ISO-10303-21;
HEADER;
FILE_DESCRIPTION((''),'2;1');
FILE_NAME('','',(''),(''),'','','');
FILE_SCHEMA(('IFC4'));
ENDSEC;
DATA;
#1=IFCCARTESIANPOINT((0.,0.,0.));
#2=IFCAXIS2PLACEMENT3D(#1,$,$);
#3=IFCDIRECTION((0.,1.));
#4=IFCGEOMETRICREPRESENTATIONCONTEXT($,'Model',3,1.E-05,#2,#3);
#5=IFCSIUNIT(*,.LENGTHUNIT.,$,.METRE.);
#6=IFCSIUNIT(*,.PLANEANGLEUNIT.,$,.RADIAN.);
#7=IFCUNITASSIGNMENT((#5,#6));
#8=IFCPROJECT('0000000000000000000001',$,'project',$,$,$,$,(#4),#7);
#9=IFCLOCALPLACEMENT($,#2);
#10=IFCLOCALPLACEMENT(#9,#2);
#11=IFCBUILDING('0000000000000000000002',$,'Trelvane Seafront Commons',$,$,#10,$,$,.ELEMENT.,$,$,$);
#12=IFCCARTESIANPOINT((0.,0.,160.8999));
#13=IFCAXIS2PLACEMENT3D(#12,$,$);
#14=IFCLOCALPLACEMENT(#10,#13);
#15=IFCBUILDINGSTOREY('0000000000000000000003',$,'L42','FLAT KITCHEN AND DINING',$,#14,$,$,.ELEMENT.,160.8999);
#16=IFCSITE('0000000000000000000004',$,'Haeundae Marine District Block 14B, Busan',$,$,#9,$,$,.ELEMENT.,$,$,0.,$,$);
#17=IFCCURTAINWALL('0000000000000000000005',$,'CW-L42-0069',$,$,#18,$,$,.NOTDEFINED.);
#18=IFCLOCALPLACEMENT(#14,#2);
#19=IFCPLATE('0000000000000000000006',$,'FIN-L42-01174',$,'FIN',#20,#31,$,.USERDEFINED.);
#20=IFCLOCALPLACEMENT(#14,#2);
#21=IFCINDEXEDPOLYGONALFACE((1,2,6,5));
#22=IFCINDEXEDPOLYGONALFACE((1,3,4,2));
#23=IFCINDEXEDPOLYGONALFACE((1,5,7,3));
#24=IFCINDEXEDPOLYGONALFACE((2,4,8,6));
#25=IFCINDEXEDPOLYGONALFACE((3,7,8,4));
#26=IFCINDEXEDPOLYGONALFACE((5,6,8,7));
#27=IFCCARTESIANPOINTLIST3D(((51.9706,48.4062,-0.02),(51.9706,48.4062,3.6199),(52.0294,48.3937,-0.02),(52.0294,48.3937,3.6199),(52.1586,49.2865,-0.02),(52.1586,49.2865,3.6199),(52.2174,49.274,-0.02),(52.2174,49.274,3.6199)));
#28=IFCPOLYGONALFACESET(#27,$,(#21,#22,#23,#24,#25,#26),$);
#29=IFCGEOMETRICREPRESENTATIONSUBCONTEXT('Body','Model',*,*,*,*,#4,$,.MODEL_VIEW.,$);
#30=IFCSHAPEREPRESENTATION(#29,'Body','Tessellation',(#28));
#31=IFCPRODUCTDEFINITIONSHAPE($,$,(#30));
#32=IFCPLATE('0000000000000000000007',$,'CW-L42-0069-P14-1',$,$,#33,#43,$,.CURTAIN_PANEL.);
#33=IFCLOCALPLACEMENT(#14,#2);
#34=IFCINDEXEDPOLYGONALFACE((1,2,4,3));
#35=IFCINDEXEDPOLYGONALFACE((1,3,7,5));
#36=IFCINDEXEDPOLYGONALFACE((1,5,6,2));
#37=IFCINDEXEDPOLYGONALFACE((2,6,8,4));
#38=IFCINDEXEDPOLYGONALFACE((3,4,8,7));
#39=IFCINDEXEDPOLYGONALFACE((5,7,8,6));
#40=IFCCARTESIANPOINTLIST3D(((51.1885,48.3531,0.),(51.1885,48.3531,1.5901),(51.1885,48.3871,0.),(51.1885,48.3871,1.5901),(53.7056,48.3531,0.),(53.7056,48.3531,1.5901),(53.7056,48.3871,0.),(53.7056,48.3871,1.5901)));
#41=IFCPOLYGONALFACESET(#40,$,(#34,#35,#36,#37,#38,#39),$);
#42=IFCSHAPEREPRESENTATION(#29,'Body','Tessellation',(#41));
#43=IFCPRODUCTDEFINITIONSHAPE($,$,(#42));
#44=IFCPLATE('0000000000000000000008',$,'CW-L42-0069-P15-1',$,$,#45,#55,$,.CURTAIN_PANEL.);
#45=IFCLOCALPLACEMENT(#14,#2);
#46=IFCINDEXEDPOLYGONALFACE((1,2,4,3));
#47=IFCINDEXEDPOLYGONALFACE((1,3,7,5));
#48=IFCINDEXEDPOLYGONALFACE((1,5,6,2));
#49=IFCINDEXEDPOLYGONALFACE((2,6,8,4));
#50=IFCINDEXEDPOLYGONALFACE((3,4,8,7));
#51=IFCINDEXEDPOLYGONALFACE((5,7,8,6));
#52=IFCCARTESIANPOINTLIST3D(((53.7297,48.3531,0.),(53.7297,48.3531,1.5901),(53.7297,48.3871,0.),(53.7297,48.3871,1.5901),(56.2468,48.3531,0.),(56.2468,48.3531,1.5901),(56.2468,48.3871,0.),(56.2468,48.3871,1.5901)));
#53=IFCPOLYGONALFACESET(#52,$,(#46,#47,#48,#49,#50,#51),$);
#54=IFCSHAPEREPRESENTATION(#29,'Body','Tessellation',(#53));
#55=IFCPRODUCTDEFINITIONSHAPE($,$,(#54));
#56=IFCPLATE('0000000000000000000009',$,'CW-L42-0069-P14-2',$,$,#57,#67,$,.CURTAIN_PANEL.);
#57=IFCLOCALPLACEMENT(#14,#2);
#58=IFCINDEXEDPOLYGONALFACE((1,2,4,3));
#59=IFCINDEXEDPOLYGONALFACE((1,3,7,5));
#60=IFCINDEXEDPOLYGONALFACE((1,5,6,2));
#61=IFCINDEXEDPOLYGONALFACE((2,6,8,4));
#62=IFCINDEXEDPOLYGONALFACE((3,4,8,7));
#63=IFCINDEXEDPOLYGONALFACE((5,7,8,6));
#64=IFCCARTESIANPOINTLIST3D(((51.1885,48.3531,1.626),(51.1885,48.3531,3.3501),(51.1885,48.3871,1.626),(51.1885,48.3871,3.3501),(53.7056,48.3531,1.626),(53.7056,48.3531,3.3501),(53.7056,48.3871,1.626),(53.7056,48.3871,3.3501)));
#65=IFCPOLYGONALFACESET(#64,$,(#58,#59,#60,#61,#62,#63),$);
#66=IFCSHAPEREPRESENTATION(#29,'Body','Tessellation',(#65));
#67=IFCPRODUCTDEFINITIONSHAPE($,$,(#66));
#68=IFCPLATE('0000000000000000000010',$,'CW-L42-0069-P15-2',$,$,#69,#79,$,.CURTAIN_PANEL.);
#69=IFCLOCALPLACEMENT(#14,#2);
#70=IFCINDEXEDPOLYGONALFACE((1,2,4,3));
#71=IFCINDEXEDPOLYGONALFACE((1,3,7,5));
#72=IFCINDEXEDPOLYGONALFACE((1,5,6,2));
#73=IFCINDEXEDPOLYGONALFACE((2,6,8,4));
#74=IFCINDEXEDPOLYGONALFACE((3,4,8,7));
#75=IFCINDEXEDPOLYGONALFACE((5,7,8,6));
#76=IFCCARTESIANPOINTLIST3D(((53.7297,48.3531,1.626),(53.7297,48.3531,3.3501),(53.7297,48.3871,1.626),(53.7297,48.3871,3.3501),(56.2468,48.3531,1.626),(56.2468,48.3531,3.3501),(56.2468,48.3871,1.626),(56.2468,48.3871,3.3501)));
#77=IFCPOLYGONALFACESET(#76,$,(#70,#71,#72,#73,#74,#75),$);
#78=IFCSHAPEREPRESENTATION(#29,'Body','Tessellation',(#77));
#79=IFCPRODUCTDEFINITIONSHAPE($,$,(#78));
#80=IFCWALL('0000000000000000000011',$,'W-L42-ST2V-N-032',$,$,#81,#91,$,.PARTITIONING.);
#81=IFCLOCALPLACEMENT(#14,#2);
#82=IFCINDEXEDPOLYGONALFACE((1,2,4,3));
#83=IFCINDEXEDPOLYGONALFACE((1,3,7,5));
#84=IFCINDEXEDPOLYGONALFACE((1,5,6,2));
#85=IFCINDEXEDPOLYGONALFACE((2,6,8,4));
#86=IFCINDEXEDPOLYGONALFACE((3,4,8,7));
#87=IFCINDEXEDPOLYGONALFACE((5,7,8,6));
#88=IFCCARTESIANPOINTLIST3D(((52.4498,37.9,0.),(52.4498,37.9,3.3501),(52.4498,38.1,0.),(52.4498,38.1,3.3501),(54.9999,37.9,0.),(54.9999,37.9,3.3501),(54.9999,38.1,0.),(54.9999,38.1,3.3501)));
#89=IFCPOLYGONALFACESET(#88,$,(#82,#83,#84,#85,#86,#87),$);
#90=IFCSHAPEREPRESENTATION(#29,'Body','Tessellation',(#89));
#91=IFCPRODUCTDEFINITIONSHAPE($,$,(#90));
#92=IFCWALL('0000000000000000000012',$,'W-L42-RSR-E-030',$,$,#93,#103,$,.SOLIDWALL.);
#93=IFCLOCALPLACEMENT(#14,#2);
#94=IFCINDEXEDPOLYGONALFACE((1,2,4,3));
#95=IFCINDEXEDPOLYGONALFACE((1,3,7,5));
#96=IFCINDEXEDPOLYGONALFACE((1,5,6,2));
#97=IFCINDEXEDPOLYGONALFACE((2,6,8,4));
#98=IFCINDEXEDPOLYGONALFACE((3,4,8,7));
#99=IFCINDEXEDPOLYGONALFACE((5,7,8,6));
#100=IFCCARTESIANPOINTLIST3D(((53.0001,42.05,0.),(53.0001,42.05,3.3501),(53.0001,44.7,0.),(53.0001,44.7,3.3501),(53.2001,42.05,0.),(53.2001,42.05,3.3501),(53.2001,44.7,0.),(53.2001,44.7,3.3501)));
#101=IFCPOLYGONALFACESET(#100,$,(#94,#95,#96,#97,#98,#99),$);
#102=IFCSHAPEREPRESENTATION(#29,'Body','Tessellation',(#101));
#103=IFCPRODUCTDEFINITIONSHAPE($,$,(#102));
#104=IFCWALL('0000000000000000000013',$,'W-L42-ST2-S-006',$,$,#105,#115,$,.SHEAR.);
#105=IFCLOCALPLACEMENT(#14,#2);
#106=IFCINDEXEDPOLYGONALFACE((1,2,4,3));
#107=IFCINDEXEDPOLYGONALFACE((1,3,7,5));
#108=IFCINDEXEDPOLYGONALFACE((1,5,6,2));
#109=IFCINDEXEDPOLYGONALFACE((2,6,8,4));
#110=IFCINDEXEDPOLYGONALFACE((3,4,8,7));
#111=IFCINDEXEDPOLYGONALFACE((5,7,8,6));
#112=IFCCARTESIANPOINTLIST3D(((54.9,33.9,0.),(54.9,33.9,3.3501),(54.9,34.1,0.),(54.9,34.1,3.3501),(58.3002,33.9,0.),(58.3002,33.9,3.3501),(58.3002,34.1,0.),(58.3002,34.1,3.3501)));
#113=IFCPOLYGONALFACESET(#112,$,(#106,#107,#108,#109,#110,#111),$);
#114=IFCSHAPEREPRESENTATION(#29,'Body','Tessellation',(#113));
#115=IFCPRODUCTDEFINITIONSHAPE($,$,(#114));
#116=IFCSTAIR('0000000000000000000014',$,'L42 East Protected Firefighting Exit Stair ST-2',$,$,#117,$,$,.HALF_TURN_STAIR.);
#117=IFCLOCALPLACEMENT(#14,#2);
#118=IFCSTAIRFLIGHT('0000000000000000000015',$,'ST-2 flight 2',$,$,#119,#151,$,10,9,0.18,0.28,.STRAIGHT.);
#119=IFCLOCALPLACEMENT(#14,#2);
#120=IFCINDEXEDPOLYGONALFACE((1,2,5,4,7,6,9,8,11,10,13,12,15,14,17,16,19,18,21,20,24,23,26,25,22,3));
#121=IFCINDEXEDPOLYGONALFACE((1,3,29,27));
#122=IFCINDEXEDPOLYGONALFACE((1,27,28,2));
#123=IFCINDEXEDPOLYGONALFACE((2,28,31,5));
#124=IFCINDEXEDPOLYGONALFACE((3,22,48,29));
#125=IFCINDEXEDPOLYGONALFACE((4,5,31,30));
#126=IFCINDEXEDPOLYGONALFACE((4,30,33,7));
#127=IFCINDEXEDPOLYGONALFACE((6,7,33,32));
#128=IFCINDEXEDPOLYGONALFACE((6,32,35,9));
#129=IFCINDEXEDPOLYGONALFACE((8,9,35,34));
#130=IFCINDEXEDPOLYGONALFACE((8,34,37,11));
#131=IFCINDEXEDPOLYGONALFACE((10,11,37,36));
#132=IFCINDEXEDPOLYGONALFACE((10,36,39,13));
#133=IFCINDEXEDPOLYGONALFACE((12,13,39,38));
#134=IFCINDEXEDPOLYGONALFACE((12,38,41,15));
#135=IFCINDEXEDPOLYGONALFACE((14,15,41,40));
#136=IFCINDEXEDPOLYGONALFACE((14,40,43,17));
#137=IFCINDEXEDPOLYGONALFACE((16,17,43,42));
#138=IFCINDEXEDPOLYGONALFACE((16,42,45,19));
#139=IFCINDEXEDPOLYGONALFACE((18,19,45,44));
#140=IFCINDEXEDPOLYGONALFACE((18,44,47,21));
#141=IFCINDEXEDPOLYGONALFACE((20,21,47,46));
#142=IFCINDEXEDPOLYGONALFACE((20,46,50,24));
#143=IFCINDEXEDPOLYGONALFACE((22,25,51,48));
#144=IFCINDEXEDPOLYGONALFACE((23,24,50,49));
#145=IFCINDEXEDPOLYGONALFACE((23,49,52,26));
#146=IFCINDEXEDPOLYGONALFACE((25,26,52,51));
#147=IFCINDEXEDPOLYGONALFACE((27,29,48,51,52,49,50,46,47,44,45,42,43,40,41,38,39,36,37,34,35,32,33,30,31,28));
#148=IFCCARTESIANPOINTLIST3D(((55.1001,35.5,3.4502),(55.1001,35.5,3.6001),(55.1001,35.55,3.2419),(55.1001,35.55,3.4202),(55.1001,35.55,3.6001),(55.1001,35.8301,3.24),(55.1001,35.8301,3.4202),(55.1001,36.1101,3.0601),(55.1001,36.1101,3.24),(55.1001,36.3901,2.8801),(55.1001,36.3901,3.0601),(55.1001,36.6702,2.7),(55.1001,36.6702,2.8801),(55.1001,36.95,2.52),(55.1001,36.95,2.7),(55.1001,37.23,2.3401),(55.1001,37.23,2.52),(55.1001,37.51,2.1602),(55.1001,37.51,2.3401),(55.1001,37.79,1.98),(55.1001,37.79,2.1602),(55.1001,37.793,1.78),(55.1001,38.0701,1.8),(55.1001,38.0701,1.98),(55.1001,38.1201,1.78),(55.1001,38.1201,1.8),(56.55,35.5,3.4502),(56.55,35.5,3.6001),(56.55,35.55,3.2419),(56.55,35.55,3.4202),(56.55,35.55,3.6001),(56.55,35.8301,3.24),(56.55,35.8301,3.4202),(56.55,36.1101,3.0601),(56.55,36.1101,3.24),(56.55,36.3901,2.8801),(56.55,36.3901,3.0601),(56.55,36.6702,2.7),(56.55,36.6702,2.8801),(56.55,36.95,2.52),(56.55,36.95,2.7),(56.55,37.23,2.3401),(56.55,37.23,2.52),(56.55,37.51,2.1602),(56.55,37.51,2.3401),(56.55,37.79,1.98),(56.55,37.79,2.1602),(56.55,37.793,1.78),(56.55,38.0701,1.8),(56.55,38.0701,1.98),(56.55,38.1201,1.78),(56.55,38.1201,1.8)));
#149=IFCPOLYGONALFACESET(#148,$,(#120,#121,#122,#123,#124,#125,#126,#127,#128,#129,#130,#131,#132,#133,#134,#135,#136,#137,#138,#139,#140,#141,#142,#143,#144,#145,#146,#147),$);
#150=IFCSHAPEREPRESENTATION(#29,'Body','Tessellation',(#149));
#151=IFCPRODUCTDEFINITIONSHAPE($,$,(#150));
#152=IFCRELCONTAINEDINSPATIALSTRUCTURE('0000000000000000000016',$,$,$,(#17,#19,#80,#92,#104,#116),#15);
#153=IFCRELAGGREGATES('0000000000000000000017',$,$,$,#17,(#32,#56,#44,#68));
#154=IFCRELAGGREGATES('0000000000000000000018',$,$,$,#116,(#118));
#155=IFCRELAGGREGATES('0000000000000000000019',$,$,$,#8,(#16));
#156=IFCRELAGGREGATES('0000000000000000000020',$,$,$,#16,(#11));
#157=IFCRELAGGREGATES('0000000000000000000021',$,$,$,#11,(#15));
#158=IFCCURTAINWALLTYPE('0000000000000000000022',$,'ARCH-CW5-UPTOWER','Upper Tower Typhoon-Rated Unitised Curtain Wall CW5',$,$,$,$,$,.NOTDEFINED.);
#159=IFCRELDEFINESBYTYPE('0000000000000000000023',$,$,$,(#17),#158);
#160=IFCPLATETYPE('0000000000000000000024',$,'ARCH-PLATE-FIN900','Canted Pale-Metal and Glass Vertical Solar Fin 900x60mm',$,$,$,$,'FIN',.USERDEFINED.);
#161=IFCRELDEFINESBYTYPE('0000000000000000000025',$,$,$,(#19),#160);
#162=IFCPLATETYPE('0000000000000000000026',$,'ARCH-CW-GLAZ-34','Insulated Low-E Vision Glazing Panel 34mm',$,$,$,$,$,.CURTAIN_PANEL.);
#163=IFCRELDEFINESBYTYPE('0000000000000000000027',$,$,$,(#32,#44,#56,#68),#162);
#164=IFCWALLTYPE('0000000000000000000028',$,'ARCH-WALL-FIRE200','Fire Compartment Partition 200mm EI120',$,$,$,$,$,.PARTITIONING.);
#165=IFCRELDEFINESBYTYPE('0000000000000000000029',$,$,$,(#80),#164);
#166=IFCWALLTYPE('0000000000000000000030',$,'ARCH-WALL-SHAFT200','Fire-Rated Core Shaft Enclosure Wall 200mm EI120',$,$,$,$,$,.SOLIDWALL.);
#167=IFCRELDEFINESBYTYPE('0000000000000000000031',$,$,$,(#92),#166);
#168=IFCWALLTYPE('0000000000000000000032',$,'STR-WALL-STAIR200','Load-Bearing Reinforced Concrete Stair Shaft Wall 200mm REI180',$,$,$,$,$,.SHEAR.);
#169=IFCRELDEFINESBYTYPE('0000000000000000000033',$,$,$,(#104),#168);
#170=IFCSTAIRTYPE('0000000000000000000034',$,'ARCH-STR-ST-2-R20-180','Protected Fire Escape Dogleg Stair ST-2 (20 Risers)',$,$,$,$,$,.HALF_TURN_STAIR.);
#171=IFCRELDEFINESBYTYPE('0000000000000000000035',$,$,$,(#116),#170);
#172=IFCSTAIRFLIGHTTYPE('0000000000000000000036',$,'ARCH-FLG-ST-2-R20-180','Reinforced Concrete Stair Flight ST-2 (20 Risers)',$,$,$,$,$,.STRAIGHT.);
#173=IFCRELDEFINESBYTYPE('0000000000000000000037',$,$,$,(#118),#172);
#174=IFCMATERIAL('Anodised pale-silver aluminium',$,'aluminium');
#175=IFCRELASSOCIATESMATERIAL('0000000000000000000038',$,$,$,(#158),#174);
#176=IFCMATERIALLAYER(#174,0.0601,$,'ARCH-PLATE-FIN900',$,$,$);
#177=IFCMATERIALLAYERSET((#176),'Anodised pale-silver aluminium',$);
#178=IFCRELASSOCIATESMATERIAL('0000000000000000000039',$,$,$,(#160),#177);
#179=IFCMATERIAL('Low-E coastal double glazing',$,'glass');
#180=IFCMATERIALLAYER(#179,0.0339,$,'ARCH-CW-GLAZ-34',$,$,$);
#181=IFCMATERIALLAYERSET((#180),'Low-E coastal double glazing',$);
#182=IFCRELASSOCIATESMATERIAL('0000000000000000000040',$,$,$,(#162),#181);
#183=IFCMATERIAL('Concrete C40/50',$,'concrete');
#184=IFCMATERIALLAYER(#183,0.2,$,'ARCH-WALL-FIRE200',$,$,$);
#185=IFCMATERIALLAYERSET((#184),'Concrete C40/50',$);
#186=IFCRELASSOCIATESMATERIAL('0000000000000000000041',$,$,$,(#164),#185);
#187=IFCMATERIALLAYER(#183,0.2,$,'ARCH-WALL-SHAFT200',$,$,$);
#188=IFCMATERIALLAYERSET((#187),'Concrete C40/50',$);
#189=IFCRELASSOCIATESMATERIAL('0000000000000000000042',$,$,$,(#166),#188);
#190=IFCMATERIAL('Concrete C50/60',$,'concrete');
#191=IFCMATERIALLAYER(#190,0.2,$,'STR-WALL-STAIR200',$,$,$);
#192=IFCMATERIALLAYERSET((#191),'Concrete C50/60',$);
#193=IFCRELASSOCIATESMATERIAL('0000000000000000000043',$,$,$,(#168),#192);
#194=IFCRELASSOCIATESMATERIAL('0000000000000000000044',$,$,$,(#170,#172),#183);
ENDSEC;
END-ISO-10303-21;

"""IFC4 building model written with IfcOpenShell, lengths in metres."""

from ifc_helpers import new_model, si_unit, direction, frame, frame_2d, origin, origin_2d, place, context, subcontext, project, spatial, polyline, rectangle, outline, extrude, source, transform, mapped, material, layer, layer_set, type_object, element, aggregate, save


model = new_model("IFC4")

# Units and contexts
model_context = context("Model", 3, precision=1e-05, world=origin(), true_north=direction((0.0, 1.0)))
body_context = subcontext(model_context, "Body", "Model", "MODEL_VIEW")
ifc_project = project(units=[si_unit("LENGTHUNIT", "METRE"), si_unit("PLANEANGLEUNIT", "RADIAN")], contexts=[model_context])

# Site, building, storey
site_placement = place(None, origin())
site = spatial("IfcSite", under=ifc_project, at=site_placement, Name="Haeundae Marine District Block 14B, Busan", CompositionType="ELEMENT", RefElevation=0.0)
building_placement = place(site_placement, origin())
building = spatial("IfcBuilding", under=site, at=building_placement, Name="Trelvane Seafront Commons", CompositionType="ELEMENT")
storey_placement = place(building_placement, frame((0.0, 0.0, 160.8999)))
storey = spatial("IfcBuildingStorey", under=building, at=storey_placement, Name="L42", Description="FLAT KITCHEN AND DINING", CompositionType="ELEMENT", Elevation=160.8999)

# Curtain wall
ifc_material_1 = material(Name="Anodised pale-silver aluminium", Category="aluminium")
curtain_wall_type = type_object("IfcCurtainWallType", Name="ARCH-CW5-UPTOWER", Description="Upper Tower Typhoon-Rated Unitised Curtain Wall CW5", PredefinedType="NOTDEFINED", material=ifc_material_1)
curtain_wall_placement = place(storey_placement, origin())
curtain_wall = element("IfcCurtainWall", 1, at=curtain_wall_placement, inside=storey, type_object=curtain_wall_type, Name="CW-L42-0069", PredefinedType="NOTDEFINED")

# Plate
ifc_layer_1 = layer(ifc_material_1, 0.0601, Name="ARCH-PLATE-FIN900")
ifc_layer_set_1 = layer_set([ifc_layer_1], Name="Anodised pale-silver aluminium")
plate_type_1 = type_object("IfcPlateType", Name="ARCH-PLATE-FIN900", Description="Canted Pale-Metal and Glass Vertical Solar Fin 900x60mm", ElementType="FIN", PredefinedType="USERDEFINED", material=ifc_layer_set_1)
shared_shape_1 = source(origin(), body_context, "Body", "SweptSolid", [
    extrude(rectangle(XDim=0.9001, YDim=0.0601, at=origin_2d()), origin(), (0.0, 0.0, 1.0), 3.6399),
])
plate_1_placement = place(storey_placement, frame((52.094, 48.8401, -0.02), z_axis=(0.0, 0.0, 1.0), x_axis=(0.208876, 0.977942, 0.0)))
element("IfcPlate", 2, at=plate_1_placement, inside=storey, type_object=plate_type_1, Name="FIN-L42-01174", ObjectType="FIN", PredefinedType="USERDEFINED", context=body_context, shape_type="MappedRepresentation", body=[
    mapped(shared_shape_1, transform((0.0, 0.0, 0.0), x_axis=(1.0, 0.0, 0.0), y_axis=(0.0, 1.0, 0.0), z_axis=(0.0, 0.0, 1.0), scale=1.0)),
])

# Plates
ifc_material_2 = material(Name="Low-E coastal double glazing", Category="glass")
ifc_layer_2 = layer(ifc_material_2, 0.0339, Name="ARCH-CW-GLAZ-34")
ifc_layer_set_2 = layer_set([ifc_layer_2], Name="Low-E coastal double glazing")
plate_type_2 = type_object("IfcPlateType", Name="ARCH-CW-GLAZ-34", Description="Insulated Low-E Vision Glazing Panel 34mm", PredefinedType="CURTAIN_PANEL", material=ifc_layer_set_2)
shared_shape_2 = source(origin(), body_context, "Body", "SweptSolid", [
    extrude(rectangle(XDim=2.5171, YDim=0.0339, at=origin_2d()), origin(), (0.0, 0.0, 1.0), 1.5901),
])
plate_2_placement = place(storey_placement, frame((52.447, 48.3701, 0.0), z_axis=(0.0, 0.0, 1.0), x_axis=(1.0, 0.0, 0.0)))
plate_2 = element("IfcPlate", 3, at=plate_2_placement, type_object=plate_type_2, Name="CW-L42-0069-P14-1", PredefinedType="CURTAIN_PANEL", context=body_context, shape_type="MappedRepresentation", body=[
    mapped(shared_shape_2, transform((0.0, 0.0, 0.0), x_axis=(1.0, 0.0, 0.0), y_axis=(0.0, 1.0, 0.0), z_axis=(0.0, 0.0, 1.0), scale=1.0)),
])
plate_3_placement = place(storey_placement, frame((54.9883, 48.3701, 0.0), z_axis=(0.0, 0.0, 1.0), x_axis=(1.0, 0.0, 0.0)))
plate_3 = element("IfcPlate", 4, at=plate_3_placement, type_object=plate_type_2, Name="CW-L42-0069-P15-1", PredefinedType="CURTAIN_PANEL", context=body_context, shape_type="MappedRepresentation", body=[
    mapped(shared_shape_2, transform((0.0, 0.0, 0.0), x_axis=(1.0, 0.0, 0.0), y_axis=(0.0, 1.0, 0.0), z_axis=(0.0, 0.0, 1.0), scale=1.0)),
])
shared_shape_3 = source(origin(), body_context, "Body", "SweptSolid", [
    extrude(rectangle(XDim=2.5171, YDim=0.0339, at=origin_2d()), origin(), (0.0, 0.0, 1.0), 1.7241),
])
plate_4_placement = place(storey_placement, frame((52.447, 48.3701, 1.626), z_axis=(0.0, 0.0, 1.0), x_axis=(1.0, 0.0, 0.0)))
plate_4 = element("IfcPlate", 5, at=plate_4_placement, type_object=plate_type_2, Name="CW-L42-0069-P14-2", PredefinedType="CURTAIN_PANEL", context=body_context, shape_type="MappedRepresentation", body=[
    mapped(shared_shape_3, transform((0.0, 0.0, 0.0), x_axis=(1.0, 0.0, 0.0), y_axis=(0.0, 1.0, 0.0), z_axis=(0.0, 0.0, 1.0), scale=1.0)),
])
plate_5_placement = place(storey_placement, frame((54.9883, 48.3701, 1.626), z_axis=(0.0, 0.0, 1.0), x_axis=(1.0, 0.0, 0.0)))
plate_5 = element("IfcPlate", 6, at=plate_5_placement, type_object=plate_type_2, Name="CW-L42-0069-P15-2", PredefinedType="CURTAIN_PANEL", context=body_context, shape_type="MappedRepresentation", body=[
    mapped(shared_shape_3, transform((0.0, 0.0, 0.0), x_axis=(1.0, 0.0, 0.0), y_axis=(0.0, 1.0, 0.0), z_axis=(0.0, 0.0, 1.0), scale=1.0)),
])
aggregate(curtain_wall, [plate_2, plate_4, plate_3, plate_5])

# Walls
ifc_material_3 = material(Name="Concrete C40/50", Category="concrete")
ifc_layer_3 = layer(ifc_material_3, 0.2, Name="ARCH-WALL-FIRE200")
ifc_layer_set_3 = layer_set([ifc_layer_3], Name="Concrete C40/50")
wall_type_1 = type_object("IfcWallType", Name="ARCH-WALL-FIRE200", Description="Fire Compartment Partition 200mm EI120", PredefinedType="PARTITIONING", material=ifc_layer_set_3)
wall_1_placement = place(storey_placement, frame((52.45, 38.0, 0.0), z_axis=(0.0, 0.0, 1.0), x_axis=(1.0, 0.0, 0.0)))
element("IfcWall", 7, at=wall_1_placement, inside=storey, type_object=wall_type_1, Name="W-L42-ST2V-N-032", PredefinedType="PARTITIONING", context=body_context, shape_type="SweptSolid", body=[
    extrude(rectangle(XDim=2.55, YDim=0.2, at=frame_2d((1.2749, 0.0))), origin(), (0.0, 0.0, 1.0), 3.3501),
])
ifc_layer_4 = layer(ifc_material_3, 0.2, Name="ARCH-WALL-SHAFT200")
ifc_layer_set_4 = layer_set([ifc_layer_4], Name="Concrete C40/50")
wall_type_2 = type_object("IfcWallType", Name="ARCH-WALL-SHAFT200", Description="Fire-Rated Core Shaft Enclosure Wall 200mm EI120", PredefinedType="SOLIDWALL", material=ifc_layer_set_4)
wall_2_placement = place(storey_placement, frame((53.1001, 42.05, 0.0), z_axis=(0.0, 0.0, 1.0), x_axis=(0.0, 1.0, 0.0)))
element("IfcWall", 8, at=wall_2_placement, inside=storey, type_object=wall_type_2, Name="W-L42-RSR-E-030", PredefinedType="SOLIDWALL", context=body_context, shape_type="SweptSolid", body=[
    extrude(rectangle(XDim=2.6499, YDim=0.2, at=frame_2d((1.325, 0.0))), origin(), (0.0, 0.0, 1.0), 3.3501),
])
ifc_material_4 = material(Name="Concrete C50/60", Category="concrete")
ifc_layer_5 = layer(ifc_material_4, 0.2, Name="STR-WALL-STAIR200")
ifc_layer_set_5 = layer_set([ifc_layer_5], Name="Concrete C50/60")
wall_type_3 = type_object("IfcWallType", Name="STR-WALL-STAIR200", Description="Load-Bearing Reinforced Concrete Stair Shaft Wall 200mm REI180", PredefinedType="SHEAR", material=ifc_layer_set_5)
wall_3_placement = place(storey_placement, frame((54.8999, 34.0, 0.0), z_axis=(0.0, 0.0, 1.0), x_axis=(1.0, 0.0, 0.0)))
element("IfcWall", 9, at=wall_3_placement, inside=storey, type_object=wall_type_3, Name="W-L42-ST2-S-006", PredefinedType="SHEAR", context=body_context, shape_type="SweptSolid", body=[
    extrude(rectangle(XDim=3.4001, YDim=0.2, at=frame_2d((1.7002, 0.0))), origin(), (0.0, 0.0, 1.0), 3.3501),
])

# Stair, stair flight
stair_type = type_object("IfcStairType", Name="ARCH-STR-ST-2-R20-180", Description="Protected Fire Escape Dogleg Stair ST-2 (20 Risers)", PredefinedType="HALF_TURN_STAIR", material=ifc_material_3)
stair_placement = place(storey_placement, origin())
stair = element("IfcStair", 10, at=stair_placement, inside=storey, type_object=stair_type, Name="L42 East Protected Firefighting Exit Stair ST-2", PredefinedType="HALF_TURN_STAIR")
stair_flight_type = type_object("IfcStairFlightType", Name="ARCH-FLG-ST-2-R20-180", Description="Reinforced Concrete Stair Flight ST-2 (20 Risers)", PredefinedType="STRAIGHT", material=ifc_material_3)
shared_shape_4 = source(origin(), body_context, "Body", "SweptSolid", [
    extrude(outline(polyline([(-0.05, -0.02), (-0.05, 0.0), (0.0, 0.0), (0.0, 0.1799), (0.28, 0.1799), (0.28, 0.3601), (0.5601, 0.3601), (0.5601, 0.54), (0.8401, 0.54), (0.8401, 0.72), (1.1201, 0.72), (1.1201, 0.8999), (1.3999, 0.8999), (1.3999, 1.0801), (1.6799, 1.0801), (1.6799, 1.26), (1.96, 1.26), (1.96, 1.4399), (2.24, 1.4399), (2.24, 1.6201), (2.52, 1.6201), (2.52, 1.8), (2.5701, 1.8), (2.5701, 1.6501), (2.52, 1.4419), (0.2771, -0.02), (-0.05, -0.02)])), frame((0.0, 0.7251, 0.0), z_axis=(0.0, -1.0, 0.0), x_axis=(1.0, 0.0, 0.0)), (0.0, 0.0, 1.0), 1.45),
])
stair_flight_placement = place(storey_placement, frame((55.825, 38.0701, 1.8), z_axis=(0.0, 0.0, 1.0), x_axis=(0.0, -1.0, 0.0)))
stair_flight = element("IfcStairFlight", 11, at=stair_flight_placement, type_object=stair_flight_type, Name="ST-2 flight 2", NumberOfRisers=10, NumberOfTreads=9, PredefinedType="STRAIGHT", RiserHeight=0.18, TreadLength=0.28, context=body_context, shape_type="MappedRepresentation", body=[
    mapped(shared_shape_4, transform((0.0, 0.0, 0.0), x_axis=(1.0, 0.0, 0.0), y_axis=(0.0, 1.0, 0.0), z_axis=(0.0, 0.0, 1.0), scale=1.0)),
])
aggregate(stair, [stair_flight])

save(model, "model.ifc")
